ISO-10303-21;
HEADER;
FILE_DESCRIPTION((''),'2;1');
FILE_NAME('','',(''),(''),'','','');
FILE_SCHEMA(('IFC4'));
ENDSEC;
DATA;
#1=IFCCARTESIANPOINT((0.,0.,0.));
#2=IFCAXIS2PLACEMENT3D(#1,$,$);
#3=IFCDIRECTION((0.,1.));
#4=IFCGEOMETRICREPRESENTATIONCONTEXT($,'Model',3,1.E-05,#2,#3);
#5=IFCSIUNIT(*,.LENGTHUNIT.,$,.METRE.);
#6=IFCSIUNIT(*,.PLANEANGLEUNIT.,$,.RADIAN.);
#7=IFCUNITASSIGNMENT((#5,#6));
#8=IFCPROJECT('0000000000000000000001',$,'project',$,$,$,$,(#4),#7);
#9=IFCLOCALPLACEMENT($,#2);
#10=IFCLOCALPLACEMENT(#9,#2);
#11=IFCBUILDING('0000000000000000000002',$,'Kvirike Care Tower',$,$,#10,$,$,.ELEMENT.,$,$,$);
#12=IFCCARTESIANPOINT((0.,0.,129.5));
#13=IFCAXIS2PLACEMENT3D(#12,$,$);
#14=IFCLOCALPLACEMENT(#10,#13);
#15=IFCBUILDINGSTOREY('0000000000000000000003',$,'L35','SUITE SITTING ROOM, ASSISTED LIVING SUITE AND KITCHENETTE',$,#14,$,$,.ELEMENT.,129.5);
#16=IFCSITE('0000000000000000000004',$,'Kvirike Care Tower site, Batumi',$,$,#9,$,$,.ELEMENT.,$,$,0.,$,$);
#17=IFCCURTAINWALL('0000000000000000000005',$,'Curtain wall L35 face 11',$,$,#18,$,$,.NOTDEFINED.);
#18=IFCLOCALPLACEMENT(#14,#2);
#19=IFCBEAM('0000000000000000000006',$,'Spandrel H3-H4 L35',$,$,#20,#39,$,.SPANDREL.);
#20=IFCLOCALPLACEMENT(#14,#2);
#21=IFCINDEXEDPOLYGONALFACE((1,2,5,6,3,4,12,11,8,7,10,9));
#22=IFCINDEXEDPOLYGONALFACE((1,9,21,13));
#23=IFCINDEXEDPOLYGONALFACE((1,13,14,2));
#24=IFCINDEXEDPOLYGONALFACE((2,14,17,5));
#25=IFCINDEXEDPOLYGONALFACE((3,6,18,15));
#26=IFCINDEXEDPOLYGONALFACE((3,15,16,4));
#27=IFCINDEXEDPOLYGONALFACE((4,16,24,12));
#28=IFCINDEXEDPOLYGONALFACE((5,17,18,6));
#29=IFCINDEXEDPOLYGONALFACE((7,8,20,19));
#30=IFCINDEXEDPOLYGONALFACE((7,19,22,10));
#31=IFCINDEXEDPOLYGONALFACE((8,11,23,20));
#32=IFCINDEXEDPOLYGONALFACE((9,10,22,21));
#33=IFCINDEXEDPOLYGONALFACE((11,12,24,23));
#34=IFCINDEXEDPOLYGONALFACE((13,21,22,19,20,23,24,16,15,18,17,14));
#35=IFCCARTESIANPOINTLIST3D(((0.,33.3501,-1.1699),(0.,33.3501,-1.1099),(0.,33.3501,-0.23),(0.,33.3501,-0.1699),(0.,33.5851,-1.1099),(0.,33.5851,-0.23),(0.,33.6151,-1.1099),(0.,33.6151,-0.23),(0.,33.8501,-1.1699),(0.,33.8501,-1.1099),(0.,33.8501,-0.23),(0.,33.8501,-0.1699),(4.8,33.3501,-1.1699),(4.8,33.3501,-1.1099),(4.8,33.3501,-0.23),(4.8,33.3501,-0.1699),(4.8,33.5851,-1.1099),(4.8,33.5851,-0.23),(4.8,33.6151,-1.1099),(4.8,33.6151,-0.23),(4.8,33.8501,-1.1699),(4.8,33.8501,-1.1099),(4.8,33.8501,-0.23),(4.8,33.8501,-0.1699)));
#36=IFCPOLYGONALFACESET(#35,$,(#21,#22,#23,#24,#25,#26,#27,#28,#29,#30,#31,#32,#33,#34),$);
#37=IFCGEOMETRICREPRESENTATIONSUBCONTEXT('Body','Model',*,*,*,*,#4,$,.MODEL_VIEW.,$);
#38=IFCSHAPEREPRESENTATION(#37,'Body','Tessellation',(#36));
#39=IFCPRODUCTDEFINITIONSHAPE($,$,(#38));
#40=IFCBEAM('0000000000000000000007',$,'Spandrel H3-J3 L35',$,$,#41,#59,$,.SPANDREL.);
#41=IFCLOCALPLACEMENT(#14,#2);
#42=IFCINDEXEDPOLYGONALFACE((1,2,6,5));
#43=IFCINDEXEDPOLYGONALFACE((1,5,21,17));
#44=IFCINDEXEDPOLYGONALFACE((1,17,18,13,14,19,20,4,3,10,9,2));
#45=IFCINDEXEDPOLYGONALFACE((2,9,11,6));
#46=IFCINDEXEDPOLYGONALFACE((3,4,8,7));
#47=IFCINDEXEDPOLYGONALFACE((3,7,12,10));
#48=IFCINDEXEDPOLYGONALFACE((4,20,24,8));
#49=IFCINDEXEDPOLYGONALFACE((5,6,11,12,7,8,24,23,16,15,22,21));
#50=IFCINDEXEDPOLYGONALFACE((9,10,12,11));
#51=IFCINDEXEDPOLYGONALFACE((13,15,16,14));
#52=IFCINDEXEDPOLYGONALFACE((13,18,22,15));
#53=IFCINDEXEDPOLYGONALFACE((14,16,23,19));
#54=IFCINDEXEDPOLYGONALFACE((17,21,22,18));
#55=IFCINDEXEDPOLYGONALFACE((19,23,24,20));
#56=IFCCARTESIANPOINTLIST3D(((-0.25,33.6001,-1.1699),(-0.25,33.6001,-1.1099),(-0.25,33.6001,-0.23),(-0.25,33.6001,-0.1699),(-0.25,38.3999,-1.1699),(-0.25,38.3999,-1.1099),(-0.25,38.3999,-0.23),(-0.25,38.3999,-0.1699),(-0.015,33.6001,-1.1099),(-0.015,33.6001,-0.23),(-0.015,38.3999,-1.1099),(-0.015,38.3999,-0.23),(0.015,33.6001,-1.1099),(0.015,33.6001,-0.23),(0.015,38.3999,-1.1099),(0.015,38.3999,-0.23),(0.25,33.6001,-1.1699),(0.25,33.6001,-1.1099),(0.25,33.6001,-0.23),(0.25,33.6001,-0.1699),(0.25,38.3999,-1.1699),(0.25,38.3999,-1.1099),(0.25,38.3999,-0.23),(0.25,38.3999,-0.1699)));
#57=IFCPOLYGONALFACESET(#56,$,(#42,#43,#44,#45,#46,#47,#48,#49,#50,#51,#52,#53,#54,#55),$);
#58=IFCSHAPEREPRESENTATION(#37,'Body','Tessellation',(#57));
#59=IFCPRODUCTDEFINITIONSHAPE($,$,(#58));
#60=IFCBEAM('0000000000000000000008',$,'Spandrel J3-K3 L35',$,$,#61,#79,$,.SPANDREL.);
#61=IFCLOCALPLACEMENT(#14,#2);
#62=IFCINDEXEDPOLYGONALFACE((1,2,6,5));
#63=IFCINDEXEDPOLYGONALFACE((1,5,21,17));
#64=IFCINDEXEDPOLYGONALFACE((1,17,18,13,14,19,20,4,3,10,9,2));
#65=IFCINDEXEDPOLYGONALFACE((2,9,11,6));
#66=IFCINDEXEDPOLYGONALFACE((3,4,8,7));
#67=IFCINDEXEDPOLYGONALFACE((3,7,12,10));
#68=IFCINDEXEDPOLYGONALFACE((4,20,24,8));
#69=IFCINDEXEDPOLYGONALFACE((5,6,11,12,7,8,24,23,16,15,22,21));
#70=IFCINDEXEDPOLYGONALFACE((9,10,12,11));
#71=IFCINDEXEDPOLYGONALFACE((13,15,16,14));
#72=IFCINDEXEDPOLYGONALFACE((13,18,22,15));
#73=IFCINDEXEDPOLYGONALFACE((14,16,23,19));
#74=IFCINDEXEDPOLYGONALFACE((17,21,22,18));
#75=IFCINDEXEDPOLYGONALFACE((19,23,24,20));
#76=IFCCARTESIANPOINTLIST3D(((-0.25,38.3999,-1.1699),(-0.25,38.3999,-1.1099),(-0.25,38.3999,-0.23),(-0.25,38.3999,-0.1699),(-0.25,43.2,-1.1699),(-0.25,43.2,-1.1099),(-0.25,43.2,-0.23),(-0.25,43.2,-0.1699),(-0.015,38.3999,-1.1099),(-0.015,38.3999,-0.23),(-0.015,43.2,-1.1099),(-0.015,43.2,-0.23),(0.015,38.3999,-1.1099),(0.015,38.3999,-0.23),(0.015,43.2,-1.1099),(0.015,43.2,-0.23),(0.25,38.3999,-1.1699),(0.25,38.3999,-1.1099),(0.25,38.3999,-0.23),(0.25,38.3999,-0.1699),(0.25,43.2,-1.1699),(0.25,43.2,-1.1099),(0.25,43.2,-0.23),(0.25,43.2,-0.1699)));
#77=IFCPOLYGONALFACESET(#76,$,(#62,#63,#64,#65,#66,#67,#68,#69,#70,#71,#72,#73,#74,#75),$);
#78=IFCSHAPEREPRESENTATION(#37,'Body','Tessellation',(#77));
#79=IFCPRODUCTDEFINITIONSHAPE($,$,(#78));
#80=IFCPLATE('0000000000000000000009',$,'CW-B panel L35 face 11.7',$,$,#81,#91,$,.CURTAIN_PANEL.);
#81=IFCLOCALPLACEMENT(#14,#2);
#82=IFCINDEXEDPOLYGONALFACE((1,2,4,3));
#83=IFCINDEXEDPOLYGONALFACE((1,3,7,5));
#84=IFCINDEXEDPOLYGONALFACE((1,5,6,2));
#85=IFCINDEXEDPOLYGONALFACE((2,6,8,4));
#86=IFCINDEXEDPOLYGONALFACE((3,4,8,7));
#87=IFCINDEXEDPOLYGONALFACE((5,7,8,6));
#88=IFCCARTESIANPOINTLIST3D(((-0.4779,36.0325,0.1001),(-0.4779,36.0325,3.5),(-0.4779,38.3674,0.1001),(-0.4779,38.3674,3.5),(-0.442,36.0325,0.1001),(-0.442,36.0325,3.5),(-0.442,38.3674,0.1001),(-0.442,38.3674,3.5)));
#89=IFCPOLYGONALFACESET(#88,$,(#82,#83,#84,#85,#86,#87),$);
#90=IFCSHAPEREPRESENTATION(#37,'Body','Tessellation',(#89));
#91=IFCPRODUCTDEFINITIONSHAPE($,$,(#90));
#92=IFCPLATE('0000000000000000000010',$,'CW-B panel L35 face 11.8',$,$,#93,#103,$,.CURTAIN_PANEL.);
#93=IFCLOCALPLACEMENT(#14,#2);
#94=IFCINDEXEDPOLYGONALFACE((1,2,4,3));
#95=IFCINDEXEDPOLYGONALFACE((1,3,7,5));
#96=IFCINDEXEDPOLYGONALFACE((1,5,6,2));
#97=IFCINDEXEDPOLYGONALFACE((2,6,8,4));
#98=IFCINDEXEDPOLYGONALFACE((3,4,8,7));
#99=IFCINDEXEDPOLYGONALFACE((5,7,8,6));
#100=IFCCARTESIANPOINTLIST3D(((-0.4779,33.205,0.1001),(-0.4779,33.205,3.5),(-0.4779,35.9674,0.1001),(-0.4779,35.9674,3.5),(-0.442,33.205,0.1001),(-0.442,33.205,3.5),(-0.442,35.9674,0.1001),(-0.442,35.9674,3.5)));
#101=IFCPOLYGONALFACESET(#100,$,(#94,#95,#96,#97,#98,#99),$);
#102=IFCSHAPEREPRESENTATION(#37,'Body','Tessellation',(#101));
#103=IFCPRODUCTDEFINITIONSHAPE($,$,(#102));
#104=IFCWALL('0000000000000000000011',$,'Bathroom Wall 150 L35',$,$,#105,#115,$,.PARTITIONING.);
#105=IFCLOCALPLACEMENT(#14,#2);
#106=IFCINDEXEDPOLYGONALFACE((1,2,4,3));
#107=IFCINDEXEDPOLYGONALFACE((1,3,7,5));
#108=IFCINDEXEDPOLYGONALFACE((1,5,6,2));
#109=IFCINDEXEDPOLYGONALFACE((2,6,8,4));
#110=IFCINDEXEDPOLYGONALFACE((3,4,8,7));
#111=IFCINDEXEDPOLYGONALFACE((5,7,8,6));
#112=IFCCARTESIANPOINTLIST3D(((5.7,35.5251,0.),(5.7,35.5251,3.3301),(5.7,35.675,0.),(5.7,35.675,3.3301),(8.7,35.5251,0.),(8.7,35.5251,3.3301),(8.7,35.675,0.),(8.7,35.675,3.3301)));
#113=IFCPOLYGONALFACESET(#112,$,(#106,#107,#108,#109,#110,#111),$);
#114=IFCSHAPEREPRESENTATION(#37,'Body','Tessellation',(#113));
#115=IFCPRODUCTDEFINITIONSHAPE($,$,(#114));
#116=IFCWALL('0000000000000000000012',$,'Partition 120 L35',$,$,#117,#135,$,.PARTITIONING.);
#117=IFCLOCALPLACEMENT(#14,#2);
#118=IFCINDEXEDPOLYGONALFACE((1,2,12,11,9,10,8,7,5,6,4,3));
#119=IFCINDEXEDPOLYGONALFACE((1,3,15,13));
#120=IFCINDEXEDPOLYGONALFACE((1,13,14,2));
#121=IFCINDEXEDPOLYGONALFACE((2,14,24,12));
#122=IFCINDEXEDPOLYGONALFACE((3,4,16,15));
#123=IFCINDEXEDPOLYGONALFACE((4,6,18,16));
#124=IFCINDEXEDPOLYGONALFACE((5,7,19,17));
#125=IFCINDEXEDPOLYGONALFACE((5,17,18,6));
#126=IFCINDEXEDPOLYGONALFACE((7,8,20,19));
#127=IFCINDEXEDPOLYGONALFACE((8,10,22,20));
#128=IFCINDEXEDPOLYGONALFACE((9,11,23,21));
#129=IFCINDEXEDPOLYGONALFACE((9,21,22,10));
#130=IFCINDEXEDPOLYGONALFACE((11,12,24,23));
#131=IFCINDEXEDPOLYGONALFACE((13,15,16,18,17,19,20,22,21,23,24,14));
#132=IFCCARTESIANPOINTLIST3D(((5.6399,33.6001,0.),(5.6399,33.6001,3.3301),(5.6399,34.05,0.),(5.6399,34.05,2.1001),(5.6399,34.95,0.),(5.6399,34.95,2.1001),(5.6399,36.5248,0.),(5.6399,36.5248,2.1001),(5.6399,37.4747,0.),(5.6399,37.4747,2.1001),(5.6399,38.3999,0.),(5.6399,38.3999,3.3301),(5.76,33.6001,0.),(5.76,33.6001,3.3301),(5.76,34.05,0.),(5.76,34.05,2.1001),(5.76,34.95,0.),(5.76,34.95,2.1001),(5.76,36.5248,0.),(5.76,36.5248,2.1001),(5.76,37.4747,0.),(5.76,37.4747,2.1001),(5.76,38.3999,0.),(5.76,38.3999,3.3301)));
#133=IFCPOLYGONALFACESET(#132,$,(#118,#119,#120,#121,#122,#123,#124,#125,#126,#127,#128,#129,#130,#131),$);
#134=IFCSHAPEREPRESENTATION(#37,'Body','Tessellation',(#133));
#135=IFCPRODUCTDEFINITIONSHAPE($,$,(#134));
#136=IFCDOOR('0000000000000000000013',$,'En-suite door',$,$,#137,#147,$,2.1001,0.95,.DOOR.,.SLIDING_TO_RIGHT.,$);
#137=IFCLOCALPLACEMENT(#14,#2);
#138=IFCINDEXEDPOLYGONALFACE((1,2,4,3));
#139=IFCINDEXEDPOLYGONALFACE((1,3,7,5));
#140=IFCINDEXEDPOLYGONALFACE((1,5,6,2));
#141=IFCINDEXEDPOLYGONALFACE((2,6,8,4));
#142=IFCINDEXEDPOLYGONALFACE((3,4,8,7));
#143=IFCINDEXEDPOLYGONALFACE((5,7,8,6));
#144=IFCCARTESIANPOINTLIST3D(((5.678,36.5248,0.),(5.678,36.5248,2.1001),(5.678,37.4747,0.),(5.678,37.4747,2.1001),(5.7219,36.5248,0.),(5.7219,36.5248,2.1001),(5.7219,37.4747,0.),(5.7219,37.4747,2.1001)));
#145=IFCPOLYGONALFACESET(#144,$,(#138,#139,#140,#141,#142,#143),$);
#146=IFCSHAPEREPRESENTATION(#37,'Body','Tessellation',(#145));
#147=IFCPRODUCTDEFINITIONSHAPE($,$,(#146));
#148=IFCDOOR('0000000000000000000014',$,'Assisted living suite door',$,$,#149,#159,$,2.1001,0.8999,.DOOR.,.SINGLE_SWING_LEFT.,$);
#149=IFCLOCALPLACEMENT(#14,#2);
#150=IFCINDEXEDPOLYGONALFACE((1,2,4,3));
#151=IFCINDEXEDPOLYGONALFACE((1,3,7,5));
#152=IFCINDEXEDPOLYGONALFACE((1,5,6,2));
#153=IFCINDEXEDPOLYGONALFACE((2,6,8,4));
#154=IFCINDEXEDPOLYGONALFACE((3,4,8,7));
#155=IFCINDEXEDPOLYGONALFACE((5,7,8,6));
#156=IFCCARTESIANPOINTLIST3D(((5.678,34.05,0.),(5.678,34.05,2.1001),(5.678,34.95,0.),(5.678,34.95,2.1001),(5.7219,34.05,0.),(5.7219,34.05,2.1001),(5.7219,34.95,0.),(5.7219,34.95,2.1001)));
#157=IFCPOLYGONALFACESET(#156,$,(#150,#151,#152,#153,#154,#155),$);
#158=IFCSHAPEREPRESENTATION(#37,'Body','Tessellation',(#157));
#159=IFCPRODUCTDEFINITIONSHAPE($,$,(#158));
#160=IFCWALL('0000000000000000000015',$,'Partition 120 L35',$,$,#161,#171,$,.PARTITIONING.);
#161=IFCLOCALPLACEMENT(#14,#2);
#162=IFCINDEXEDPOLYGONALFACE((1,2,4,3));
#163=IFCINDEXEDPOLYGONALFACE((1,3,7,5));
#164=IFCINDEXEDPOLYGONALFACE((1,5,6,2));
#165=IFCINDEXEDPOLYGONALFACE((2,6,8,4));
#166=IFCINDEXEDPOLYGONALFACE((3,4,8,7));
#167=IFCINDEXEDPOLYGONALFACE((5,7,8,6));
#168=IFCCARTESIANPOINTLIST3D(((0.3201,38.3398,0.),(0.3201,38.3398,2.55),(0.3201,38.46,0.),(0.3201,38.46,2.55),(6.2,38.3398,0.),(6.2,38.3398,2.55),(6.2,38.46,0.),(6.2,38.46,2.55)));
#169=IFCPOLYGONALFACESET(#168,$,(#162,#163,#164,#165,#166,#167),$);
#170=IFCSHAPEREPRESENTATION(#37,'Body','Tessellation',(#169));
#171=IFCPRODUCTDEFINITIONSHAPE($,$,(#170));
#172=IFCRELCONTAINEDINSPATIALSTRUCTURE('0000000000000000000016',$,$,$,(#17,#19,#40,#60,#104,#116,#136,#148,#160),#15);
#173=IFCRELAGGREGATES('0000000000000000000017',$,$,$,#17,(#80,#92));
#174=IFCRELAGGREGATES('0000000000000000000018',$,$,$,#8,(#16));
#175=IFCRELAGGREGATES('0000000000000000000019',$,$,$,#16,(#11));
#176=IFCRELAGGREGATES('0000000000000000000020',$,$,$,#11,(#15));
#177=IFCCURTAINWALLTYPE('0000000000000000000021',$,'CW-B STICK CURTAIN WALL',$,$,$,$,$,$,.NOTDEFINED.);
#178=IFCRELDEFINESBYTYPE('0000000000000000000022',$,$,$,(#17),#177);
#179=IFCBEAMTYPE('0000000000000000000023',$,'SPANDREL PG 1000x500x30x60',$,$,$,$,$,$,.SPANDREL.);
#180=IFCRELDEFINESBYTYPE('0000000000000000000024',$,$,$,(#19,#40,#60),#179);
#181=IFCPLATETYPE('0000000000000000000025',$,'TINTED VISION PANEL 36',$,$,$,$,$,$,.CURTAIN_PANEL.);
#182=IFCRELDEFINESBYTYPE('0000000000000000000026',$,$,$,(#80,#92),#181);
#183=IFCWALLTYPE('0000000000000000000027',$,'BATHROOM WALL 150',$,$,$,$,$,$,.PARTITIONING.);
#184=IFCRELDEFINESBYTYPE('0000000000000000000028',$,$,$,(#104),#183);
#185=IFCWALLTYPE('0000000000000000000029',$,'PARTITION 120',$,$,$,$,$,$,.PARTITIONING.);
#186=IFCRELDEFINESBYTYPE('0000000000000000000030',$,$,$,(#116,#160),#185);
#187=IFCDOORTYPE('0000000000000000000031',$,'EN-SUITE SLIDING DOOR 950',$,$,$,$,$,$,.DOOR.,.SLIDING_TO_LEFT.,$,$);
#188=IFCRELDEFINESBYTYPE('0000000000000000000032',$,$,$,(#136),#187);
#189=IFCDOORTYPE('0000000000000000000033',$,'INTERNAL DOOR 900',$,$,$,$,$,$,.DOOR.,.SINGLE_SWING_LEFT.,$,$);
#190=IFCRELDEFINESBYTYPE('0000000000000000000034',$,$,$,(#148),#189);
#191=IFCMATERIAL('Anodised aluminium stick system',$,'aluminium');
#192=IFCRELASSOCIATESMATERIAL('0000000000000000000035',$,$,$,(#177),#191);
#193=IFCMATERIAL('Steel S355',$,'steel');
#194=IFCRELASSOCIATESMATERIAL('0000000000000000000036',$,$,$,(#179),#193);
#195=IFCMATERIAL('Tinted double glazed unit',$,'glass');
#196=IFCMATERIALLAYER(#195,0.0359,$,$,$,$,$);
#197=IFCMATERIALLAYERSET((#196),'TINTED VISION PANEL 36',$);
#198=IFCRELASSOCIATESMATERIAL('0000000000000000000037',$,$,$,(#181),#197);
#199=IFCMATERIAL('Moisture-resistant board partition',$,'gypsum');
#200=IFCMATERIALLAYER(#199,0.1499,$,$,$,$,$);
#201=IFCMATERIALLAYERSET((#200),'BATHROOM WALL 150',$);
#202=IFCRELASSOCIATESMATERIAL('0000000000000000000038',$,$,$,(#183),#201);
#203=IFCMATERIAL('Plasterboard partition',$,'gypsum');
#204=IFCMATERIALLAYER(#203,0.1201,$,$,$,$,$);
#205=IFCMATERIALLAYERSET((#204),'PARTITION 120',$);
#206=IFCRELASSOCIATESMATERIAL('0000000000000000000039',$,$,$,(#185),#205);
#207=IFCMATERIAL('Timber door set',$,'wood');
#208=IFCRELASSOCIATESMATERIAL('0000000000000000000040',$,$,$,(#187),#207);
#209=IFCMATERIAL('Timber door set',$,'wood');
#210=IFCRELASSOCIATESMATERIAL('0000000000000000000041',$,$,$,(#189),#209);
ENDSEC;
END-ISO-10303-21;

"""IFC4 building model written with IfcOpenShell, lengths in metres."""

from ifc_helpers import new_model, si_unit, direction, frame, frame_2d, origin, origin_2d, place, context, subcontext, project, spatial, rectangle, i_section, extrude, material, layer, layer_set, material_profile, profile_set, type_object, element, fill, aggregate, save


model = new_model("IFC4")

# Units and contexts
model_context = context("Model", 3, precision=1e-05, world=origin(), true_north=direction((0.0, 1.0)))
body_context = subcontext(model_context, "Body", "Model", "MODEL_VIEW")
ifc_project = project(units=[si_unit("LENGTHUNIT", "METRE"), si_unit("PLANEANGLEUNIT", "RADIAN")], contexts=[model_context])

# Site, building, storey
site_placement = place(None, origin())
site = spatial("IfcSite", under=ifc_project, at=site_placement, Name="Kvirike Care Tower site, Batumi", CompositionType="ELEMENT", RefElevation=0.0)
building_placement = place(site_placement, origin())
building = spatial("IfcBuilding", under=site, at=building_placement, Name="Kvirike Care Tower", CompositionType="ELEMENT")
storey_placement = place(building_placement, frame((0.0, 0.0, 129.5)))
storey = spatial("IfcBuildingStorey", under=building, at=storey_placement, Name="L35", Description="SUITE SITTING ROOM, ASSISTED LIVING SUITE AND KITCHENETTE", CompositionType="ELEMENT", Elevation=129.5)

# Curtain wall
ifc_material_1 = material(Name="Anodised aluminium stick system", Category="aluminium")
curtain_wall_type = type_object("IfcCurtainWallType", Name="CW-B STICK CURTAIN WALL", PredefinedType="NOTDEFINED", material=ifc_material_1)
curtain_wall_placement = place(storey_placement, origin())
curtain_wall = element("IfcCurtainWall", 1, at=curtain_wall_placement, inside=storey, type_object=curtain_wall_type, Name="Curtain wall L35 face 11", PredefinedType="NOTDEFINED")

# Beams
ifc_material_2 = material(Name="Steel S355", Category="steel")
ifc_material_profile_1 = material_profile(ifc_material_2, i_section(OverallWidth=0.5, OverallDepth=1.0, WebThickness=0.03, FlangeThickness=0.0601, at=origin_2d()), Name="PG 1000x500x30x60")
ifc_profile_set_1 = profile_set([ifc_material_profile_1], Name="Steel S355")
beam_type_1 = type_object("IfcBeamType", Name="SPANDREL PG 1000x500x30x60", PredefinedType="SPANDREL", material=ifc_profile_set_1)
beam_1_placement = place(storey_placement, frame((0.0, 33.6001, -0.6699), z_axis=(1.0, 0.0, 0.0), x_axis=(0.0, 1.0, 0.0)))
element("IfcBeam", 2, at=beam_1_placement, inside=storey, type_object=beam_type_1, Name="Spandrel H3-H4 L35", PredefinedType="SPANDREL", context=body_context, shape_type="SweptSolid", body=[
    extrude(i_section(OverallWidth=0.5, OverallDepth=1.0, WebThickness=0.03, FlangeThickness=0.0601, at=origin_2d()), origin(), (0.0, 0.0, 1.0), 4.8),
])
beam_2_placement = place(storey_placement, frame((0.0, 33.6001, -0.6699), z_axis=(0.0, 1.0, 0.0), x_axis=(-1.0, 0.0, 0.0)))
element("IfcBeam", 3, at=beam_2_placement, inside=storey, type_object=beam_type_1, Name="Spandrel H3-J3 L35", PredefinedType="SPANDREL", context=body_context, shape_type="SweptSolid", body=[
    extrude(i_section(OverallWidth=0.5, OverallDepth=1.0, WebThickness=0.03, FlangeThickness=0.0601, at=origin_2d()), origin(), (0.0, 0.0, 1.0), 4.7998),
])
beam_3_placement = place(storey_placement, frame((0.0, 38.3999, -0.6699), z_axis=(0.0, 1.0, 0.0), x_axis=(-1.0, 0.0, 0.0)))
element("IfcBeam", 4, at=beam_3_placement, inside=storey, type_object=beam_type_1, Name="Spandrel J3-K3 L35", PredefinedType="SPANDREL", context=body_context, shape_type="SweptSolid", body=[
    extrude(i_section(OverallWidth=0.5, OverallDepth=1.0, WebThickness=0.03, FlangeThickness=0.0601, at=origin_2d()), origin(), (0.0, 0.0, 1.0), 4.8),
])

# Plates
ifc_material_3 = material(Name="Tinted double glazed unit", Category="glass")
ifc_layer_1 = layer(ifc_material_3, 0.0359)
ifc_layer_set_1 = layer_set([ifc_layer_1], Name="TINTED VISION PANEL 36")
plate_type = type_object("IfcPlateType", Name="TINTED VISION PANEL 36", PredefinedType="CURTAIN_PANEL", material=ifc_layer_set_1)
plate_1_placement = place(storey_placement, frame((-0.46, 37.2, 0.1001), z_axis=(0.0, 0.0, 1.0), x_axis=(0.0, -1.0, 0.0)))
plate_1 = element("IfcPlate", 5, at=plate_1_placement, type_object=plate_type, Name="CW-B panel L35 face 11.7", PredefinedType="CURTAIN_PANEL", context=body_context, shape_type="SweptSolid", body=[
    extrude(rectangle(XDim=2.335, YDim=0.0359, at=origin_2d()), origin(), (0.0, 0.0, 1.0), 3.3999),
])
plate_2_placement = place(storey_placement, frame((-0.46, 34.5862, 0.1001), z_axis=(0.0, 0.0, 1.0), x_axis=(0.0, -1.0, 0.0)))
plate_2 = element("IfcPlate", 6, at=plate_2_placement, type_object=plate_type, Name="CW-B panel L35 face 11.8", PredefinedType="CURTAIN_PANEL", context=body_context, shape_type="SweptSolid", body=[
    extrude(rectangle(XDim=2.7625, YDim=0.0359, at=origin_2d()), origin(), (0.0, 0.0, 1.0), 3.3999),
])
aggregate(curtain_wall, [plate_1, plate_2])

# Wall
ifc_material_4 = material(Name="Moisture-resistant board partition", Category="gypsum")
ifc_layer_2 = layer(ifc_material_4, 0.1499)
ifc_layer_set_2 = layer_set([ifc_layer_2], Name="BATHROOM WALL 150")
wall_type_1 = type_object("IfcWallType", Name="BATHROOM WALL 150", PredefinedType="PARTITIONING", material=ifc_layer_set_2)
wall_1_placement = place(storey_placement, frame((5.7, 35.6001, 0.0), z_axis=(0.0, 0.0, 1.0), x_axis=(1.0, 0.0, 0.0)))
element("IfcWall", 7, at=wall_1_placement, inside=storey, type_object=wall_type_1, Name="Bathroom Wall 150 L35", PredefinedType="PARTITIONING", context=body_context, shape_type="SweptSolid", body=[
    extrude(rectangle(XDim=3.0, YDim=0.1499, at=frame_2d((1.5, 0.0))), origin(), (0.0, 0.0, 1.0), 3.3301),
])

# Wall, openings, doors
ifc_material_5 = material(Name="Plasterboard partition", Category="gypsum")
ifc_layer_3 = layer(ifc_material_5, 0.1201)
ifc_layer_set_3 = layer_set([ifc_layer_3], Name="PARTITION 120")
wall_type_2 = type_object("IfcWallType", Name="PARTITION 120", PredefinedType="PARTITIONING", material=ifc_layer_set_3)
wall_2_placement = place(storey_placement, frame((5.7, 38.3999, 0.0), z_axis=(0.0, 0.0, 1.0), x_axis=(0.0, -1.0, 0.0)))
wall_2 = element("IfcWall", 8, at=wall_2_placement, inside=storey, type_object=wall_type_2, Name="Partition 120 L35", PredefinedType="PARTITIONING", context=body_context, shape_type="SweptSolid", body=[
    extrude(rectangle(XDim=4.7998, YDim=0.1201, at=frame_2d((2.3999, 0.0))), origin(), (0.0, 0.0, 1.0), 3.3301),
])
opening_1_placement = place(wall_2_placement, frame((3.45, 0.0, 0.0)))
opening_1 = element("IfcOpeningElement", 9, at=opening_1_placement, cuts=wall_2, PredefinedType="OPENING", context=body_context, shape_type="SweptSolid", body=[
    extrude(rectangle(XDim=0.8999, YDim=2.1001, at=frame_2d((0.45, 1.05))), frame((0.0, 0.0706, 0.0), z_axis=(0.0, -1.0, 0.0), x_axis=(1.0, 0.0, 0.0)), (0.0, 0.0, 1.0), 0.1411),
])
opening_2_placement = place(wall_2_placement, frame((0.925, 0.0, 0.0)))
opening_2 = element("IfcOpeningElement", 10, at=opening_2_placement, cuts=wall_2, PredefinedType="OPENING", context=body_context, shape_type="SweptSolid", body=[
    extrude(rectangle(XDim=0.95, YDim=2.1001, at=frame_2d((0.4751, 1.05))), frame((0.0, 0.0706, 0.0), z_axis=(0.0, -1.0, 0.0), x_axis=(1.0, 0.0, 0.0)), (0.0, 0.0, 1.0), 0.1411),
])
ifc_material_6 = material(Name="Timber door set", Category="wood")
door_type_1 = type_object("IfcDoorType", Name="EN-SUITE SLIDING DOOR 950", OperationType="SLIDING_TO_LEFT", PredefinedType="DOOR", material=ifc_material_6)
door_1_placement = place(opening_2_placement, origin())
door_1 = element("IfcDoor", 11, at=door_1_placement, inside=storey, type_object=door_type_1, Name="En-suite door", OperationType="SLIDING_TO_RIGHT", OverallHeight=2.1001, OverallWidth=0.95, PredefinedType="DOOR", context=body_context, shape_type="SweptSolid", body=[
    extrude(rectangle(XDim=0.95, YDim=2.1001, at=frame_2d((0.4751, 1.05))), frame((0.0, 0.022, 0.0), z_axis=(0.0, -1.0, 0.0), x_axis=(1.0, 0.0, 0.0)), (0.0, 0.0, 1.0), 0.0439),
])
fill(opening_2, door_1)
ifc_material_7 = material(Name="Timber door set", Category="wood")
door_type_2 = type_object("IfcDoorType", Name="INTERNAL DOOR 900", OperationType="SINGLE_SWING_LEFT", PredefinedType="DOOR", material=ifc_material_7)
door_2_placement = place(opening_1_placement, origin())
door_2 = element("IfcDoor", 12, at=door_2_placement, inside=storey, type_object=door_type_2, Name="Assisted living suite door", OperationType="SINGLE_SWING_LEFT", OverallHeight=2.1001, OverallWidth=0.8999, PredefinedType="DOOR", context=body_context, shape_type="SweptSolid", body=[
    extrude(rectangle(XDim=0.8999, YDim=2.1001, at=frame_2d((0.45, 1.05))), frame((0.0, 0.022, 0.0), z_axis=(0.0, -1.0, 0.0), x_axis=(1.0, 0.0, 0.0)), (0.0, 0.0, 1.0), 0.0439),
])
fill(opening_1, door_2)

# Wall
wall_3_placement = place(storey_placement, frame((0.3201, 38.3999, 0.0), z_axis=(0.0, 0.0, 1.0), x_axis=(1.0, 0.0, 0.0)))
element("IfcWall", 13, at=wall_3_placement, inside=storey, type_object=wall_type_2, Name="Partition 120 L35", PredefinedType="PARTITIONING", context=body_context, shape_type="SweptSolid", body=[
    extrude(rectangle(XDim=5.8799, YDim=0.1201, at=frame_2d((2.9399, 0.0))), origin(), (0.0, 0.0, 1.0), 2.55),
])

save(model, "model.ifc")
